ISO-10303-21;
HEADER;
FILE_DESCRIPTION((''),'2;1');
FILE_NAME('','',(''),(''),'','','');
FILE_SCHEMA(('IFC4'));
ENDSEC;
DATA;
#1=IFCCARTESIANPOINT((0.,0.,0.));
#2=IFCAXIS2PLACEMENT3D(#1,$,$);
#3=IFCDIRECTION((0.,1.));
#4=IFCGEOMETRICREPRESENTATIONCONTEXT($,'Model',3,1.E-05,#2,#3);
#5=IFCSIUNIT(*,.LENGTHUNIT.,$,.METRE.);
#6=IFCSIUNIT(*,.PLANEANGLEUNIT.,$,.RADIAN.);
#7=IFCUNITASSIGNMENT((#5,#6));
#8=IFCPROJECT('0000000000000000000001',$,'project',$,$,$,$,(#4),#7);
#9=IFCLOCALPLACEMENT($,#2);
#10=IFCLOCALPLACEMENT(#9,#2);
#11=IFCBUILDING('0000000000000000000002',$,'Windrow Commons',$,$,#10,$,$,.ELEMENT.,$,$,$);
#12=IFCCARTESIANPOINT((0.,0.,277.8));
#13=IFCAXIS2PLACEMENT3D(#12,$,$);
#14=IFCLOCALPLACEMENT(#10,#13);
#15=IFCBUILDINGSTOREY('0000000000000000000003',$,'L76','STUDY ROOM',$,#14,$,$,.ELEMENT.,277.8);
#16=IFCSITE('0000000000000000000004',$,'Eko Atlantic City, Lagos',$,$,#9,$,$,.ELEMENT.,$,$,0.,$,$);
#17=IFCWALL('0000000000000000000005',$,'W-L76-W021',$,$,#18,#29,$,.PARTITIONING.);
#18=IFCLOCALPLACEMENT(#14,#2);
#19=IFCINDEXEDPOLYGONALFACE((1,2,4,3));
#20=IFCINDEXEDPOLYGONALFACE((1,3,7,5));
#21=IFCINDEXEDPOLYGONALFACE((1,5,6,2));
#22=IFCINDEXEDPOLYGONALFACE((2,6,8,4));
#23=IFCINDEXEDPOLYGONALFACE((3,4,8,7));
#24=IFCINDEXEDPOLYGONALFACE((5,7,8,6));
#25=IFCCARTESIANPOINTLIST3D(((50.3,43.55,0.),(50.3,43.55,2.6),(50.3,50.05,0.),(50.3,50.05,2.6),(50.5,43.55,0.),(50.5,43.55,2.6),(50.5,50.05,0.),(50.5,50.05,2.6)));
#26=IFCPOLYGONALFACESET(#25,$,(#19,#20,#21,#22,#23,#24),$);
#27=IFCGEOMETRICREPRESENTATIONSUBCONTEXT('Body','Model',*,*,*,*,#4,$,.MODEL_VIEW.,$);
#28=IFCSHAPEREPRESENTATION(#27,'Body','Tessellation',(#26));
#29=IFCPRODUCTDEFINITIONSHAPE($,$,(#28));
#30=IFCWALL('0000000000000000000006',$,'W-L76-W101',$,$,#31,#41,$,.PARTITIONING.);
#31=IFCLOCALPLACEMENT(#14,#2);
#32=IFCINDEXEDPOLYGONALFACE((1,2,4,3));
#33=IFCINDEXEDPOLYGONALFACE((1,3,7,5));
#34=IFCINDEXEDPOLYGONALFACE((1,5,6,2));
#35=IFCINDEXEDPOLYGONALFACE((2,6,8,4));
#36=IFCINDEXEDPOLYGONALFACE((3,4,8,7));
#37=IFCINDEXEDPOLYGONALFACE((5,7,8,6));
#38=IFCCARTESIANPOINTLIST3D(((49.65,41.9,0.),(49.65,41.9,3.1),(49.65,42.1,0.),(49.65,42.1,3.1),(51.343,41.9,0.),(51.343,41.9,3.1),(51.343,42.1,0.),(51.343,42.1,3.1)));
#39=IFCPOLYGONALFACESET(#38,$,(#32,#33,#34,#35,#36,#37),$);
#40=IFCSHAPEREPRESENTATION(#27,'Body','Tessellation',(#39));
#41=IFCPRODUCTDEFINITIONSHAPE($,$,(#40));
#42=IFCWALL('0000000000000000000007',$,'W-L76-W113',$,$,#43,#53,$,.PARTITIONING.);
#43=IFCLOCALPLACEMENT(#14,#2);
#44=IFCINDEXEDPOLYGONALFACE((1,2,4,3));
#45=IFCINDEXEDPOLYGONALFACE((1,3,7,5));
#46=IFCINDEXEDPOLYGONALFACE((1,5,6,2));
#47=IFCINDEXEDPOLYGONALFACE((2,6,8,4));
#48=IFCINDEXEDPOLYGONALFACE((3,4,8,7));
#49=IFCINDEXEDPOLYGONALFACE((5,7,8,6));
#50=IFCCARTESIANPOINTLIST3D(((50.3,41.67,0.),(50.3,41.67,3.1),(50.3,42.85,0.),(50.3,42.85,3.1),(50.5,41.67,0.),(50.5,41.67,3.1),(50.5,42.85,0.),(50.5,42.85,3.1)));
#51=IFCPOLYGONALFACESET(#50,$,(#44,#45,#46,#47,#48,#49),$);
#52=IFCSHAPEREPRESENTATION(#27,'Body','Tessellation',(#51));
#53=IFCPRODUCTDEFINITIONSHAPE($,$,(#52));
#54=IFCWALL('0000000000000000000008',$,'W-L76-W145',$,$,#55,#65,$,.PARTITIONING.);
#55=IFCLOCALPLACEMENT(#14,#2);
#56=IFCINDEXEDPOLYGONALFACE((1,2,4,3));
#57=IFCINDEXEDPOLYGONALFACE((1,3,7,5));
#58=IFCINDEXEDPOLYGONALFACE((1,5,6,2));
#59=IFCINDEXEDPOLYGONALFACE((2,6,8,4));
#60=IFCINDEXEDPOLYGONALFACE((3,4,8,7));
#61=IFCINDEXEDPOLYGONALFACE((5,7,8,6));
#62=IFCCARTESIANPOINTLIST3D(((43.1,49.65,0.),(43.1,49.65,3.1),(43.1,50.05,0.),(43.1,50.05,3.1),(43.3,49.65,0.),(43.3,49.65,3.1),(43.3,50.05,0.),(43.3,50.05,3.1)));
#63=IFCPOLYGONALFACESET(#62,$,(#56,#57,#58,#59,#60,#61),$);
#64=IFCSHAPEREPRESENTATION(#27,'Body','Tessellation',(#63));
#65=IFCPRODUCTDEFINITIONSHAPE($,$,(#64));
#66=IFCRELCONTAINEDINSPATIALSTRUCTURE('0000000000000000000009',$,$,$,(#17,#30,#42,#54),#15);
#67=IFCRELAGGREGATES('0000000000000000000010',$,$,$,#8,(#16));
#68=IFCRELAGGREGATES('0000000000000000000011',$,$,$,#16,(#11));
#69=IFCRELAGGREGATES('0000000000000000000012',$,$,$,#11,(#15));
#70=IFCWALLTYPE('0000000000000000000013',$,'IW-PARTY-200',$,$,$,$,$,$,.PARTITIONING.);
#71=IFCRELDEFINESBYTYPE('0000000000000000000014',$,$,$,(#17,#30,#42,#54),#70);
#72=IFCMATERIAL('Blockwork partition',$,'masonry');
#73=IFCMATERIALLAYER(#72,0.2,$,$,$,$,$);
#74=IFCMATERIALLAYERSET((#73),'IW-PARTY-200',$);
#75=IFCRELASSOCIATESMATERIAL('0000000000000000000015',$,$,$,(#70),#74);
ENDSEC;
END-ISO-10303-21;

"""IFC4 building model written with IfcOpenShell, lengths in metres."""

from ifc_helpers import new_model, si_unit, direction, frame, frame_2d, origin, place, context, subcontext, project, spatial, rectangle, extrude, material, layer, layer_set, type_object, element, save


model = new_model("IFC4")

# Units and contexts
model_context = context("Model", 3, precision=1e-05, world=origin(), true_north=direction((0.0, 1.0)))
body_context = subcontext(model_context, "Body", "Model", "MODEL_VIEW")
ifc_project = project(units=[si_unit("LENGTHUNIT", "METRE"), si_unit("PLANEANGLEUNIT", "RADIAN")], contexts=[model_context])

# Site, building, storey
site_placement = place(None, origin())
site = spatial("IfcSite", under=ifc_project, at=site_placement, Name="Eko Atlantic City, Lagos", CompositionType="ELEMENT", RefElevation=0.0)
building_placement = place(site_placement, origin())
building = spatial("IfcBuilding", under=site, at=building_placement, Name="Windrow Commons", CompositionType="ELEMENT")
storey_placement = place(building_placement, frame((0.0, 0.0, 277.8)))
storey = spatial("IfcBuildingStorey", under=building, at=storey_placement, Name="L76", Description="STUDY ROOM", CompositionType="ELEMENT", Elevation=277.8)

# Walls
ifc_material_1 = material(Name="Blockwork partition", Category="masonry")
ifc_layer_1 = layer(ifc_material_1, 0.2)
ifc_layer_set_1 = layer_set([ifc_layer_1], Name="IW-PARTY-200")
wall_type_1 = type_object("IfcWallType", Name="IW-PARTY-200", PredefinedType="PARTITIONING", material=ifc_layer_set_1)
wall_1_placement = place(storey_placement, frame((50.4, 43.55, 0.0), z_axis=(0.0, 0.0, 1.0), x_axis=(0.0, 1.0, 0.0)))
element("IfcWall", 1, at=wall_1_placement, inside=storey, type_object=wall_type_1, Name="W-L76-W021", PredefinedType="PARTITIONING", context=body_context, shape_type="SweptSolid", body=[
    extrude(rectangle(XDim=6.5, YDim=0.2, at=frame_2d((3.25, 0.0))), origin(), (0.0, 0.0, 1.0), 2.6),
])
wall_2_placement = place(storey_placement, frame((49.65, 42.0, 0.0), z_axis=(0.0, 0.0, 1.0), x_axis=(1.0, 0.0, 0.0)))
element("IfcWall", 2, at=wall_2_placement, inside=storey, type_object=wall_type_1, Name="W-L76-W101", PredefinedType="PARTITIONING", context=body_context, shape_type="SweptSolid", body=[
    extrude(rectangle(XDim=1.693, YDim=0.2, at=frame_2d((0.8465, 0.0))), origin(), (0.0, 0.0, 1.0), 3.1),
])
wall_3_placement = place(storey_placement, frame((50.4, 41.67, 0.0), z_axis=(0.0, 0.0, 1.0), x_axis=(0.0, 1.0, 0.0)))
element("IfcWall", 3, at=wall_3_placement, inside=storey, type_object=wall_type_1, Name="W-L76-W113", PredefinedType="PARTITIONING", context=body_context, shape_type="SweptSolid", body=[
    extrude(rectangle(XDim=1.18, YDim=0.2, at=frame_2d((0.59, 0.0))), origin(), (0.0, 0.0, 1.0), 3.1),
])
wall_4_placement = place(storey_placement, frame((43.2, 49.65, 0.0), z_axis=(0.0, 0.0, 1.0), x_axis=(0.0, 1.0, 0.0)))
element("IfcWall", 4, at=wall_4_placement, inside=storey, type_object=wall_type_1, Name="W-L76-W145", PredefinedType="PARTITIONING", context=body_context, shape_type="SweptSolid", body=[
    extrude(rectangle(XDim=0.4, YDim=0.2, at=frame_2d((0.2, 0.0))), origin(), (0.0, 0.0, 1.0), 3.1),
])

save(model, "model.ifc")
